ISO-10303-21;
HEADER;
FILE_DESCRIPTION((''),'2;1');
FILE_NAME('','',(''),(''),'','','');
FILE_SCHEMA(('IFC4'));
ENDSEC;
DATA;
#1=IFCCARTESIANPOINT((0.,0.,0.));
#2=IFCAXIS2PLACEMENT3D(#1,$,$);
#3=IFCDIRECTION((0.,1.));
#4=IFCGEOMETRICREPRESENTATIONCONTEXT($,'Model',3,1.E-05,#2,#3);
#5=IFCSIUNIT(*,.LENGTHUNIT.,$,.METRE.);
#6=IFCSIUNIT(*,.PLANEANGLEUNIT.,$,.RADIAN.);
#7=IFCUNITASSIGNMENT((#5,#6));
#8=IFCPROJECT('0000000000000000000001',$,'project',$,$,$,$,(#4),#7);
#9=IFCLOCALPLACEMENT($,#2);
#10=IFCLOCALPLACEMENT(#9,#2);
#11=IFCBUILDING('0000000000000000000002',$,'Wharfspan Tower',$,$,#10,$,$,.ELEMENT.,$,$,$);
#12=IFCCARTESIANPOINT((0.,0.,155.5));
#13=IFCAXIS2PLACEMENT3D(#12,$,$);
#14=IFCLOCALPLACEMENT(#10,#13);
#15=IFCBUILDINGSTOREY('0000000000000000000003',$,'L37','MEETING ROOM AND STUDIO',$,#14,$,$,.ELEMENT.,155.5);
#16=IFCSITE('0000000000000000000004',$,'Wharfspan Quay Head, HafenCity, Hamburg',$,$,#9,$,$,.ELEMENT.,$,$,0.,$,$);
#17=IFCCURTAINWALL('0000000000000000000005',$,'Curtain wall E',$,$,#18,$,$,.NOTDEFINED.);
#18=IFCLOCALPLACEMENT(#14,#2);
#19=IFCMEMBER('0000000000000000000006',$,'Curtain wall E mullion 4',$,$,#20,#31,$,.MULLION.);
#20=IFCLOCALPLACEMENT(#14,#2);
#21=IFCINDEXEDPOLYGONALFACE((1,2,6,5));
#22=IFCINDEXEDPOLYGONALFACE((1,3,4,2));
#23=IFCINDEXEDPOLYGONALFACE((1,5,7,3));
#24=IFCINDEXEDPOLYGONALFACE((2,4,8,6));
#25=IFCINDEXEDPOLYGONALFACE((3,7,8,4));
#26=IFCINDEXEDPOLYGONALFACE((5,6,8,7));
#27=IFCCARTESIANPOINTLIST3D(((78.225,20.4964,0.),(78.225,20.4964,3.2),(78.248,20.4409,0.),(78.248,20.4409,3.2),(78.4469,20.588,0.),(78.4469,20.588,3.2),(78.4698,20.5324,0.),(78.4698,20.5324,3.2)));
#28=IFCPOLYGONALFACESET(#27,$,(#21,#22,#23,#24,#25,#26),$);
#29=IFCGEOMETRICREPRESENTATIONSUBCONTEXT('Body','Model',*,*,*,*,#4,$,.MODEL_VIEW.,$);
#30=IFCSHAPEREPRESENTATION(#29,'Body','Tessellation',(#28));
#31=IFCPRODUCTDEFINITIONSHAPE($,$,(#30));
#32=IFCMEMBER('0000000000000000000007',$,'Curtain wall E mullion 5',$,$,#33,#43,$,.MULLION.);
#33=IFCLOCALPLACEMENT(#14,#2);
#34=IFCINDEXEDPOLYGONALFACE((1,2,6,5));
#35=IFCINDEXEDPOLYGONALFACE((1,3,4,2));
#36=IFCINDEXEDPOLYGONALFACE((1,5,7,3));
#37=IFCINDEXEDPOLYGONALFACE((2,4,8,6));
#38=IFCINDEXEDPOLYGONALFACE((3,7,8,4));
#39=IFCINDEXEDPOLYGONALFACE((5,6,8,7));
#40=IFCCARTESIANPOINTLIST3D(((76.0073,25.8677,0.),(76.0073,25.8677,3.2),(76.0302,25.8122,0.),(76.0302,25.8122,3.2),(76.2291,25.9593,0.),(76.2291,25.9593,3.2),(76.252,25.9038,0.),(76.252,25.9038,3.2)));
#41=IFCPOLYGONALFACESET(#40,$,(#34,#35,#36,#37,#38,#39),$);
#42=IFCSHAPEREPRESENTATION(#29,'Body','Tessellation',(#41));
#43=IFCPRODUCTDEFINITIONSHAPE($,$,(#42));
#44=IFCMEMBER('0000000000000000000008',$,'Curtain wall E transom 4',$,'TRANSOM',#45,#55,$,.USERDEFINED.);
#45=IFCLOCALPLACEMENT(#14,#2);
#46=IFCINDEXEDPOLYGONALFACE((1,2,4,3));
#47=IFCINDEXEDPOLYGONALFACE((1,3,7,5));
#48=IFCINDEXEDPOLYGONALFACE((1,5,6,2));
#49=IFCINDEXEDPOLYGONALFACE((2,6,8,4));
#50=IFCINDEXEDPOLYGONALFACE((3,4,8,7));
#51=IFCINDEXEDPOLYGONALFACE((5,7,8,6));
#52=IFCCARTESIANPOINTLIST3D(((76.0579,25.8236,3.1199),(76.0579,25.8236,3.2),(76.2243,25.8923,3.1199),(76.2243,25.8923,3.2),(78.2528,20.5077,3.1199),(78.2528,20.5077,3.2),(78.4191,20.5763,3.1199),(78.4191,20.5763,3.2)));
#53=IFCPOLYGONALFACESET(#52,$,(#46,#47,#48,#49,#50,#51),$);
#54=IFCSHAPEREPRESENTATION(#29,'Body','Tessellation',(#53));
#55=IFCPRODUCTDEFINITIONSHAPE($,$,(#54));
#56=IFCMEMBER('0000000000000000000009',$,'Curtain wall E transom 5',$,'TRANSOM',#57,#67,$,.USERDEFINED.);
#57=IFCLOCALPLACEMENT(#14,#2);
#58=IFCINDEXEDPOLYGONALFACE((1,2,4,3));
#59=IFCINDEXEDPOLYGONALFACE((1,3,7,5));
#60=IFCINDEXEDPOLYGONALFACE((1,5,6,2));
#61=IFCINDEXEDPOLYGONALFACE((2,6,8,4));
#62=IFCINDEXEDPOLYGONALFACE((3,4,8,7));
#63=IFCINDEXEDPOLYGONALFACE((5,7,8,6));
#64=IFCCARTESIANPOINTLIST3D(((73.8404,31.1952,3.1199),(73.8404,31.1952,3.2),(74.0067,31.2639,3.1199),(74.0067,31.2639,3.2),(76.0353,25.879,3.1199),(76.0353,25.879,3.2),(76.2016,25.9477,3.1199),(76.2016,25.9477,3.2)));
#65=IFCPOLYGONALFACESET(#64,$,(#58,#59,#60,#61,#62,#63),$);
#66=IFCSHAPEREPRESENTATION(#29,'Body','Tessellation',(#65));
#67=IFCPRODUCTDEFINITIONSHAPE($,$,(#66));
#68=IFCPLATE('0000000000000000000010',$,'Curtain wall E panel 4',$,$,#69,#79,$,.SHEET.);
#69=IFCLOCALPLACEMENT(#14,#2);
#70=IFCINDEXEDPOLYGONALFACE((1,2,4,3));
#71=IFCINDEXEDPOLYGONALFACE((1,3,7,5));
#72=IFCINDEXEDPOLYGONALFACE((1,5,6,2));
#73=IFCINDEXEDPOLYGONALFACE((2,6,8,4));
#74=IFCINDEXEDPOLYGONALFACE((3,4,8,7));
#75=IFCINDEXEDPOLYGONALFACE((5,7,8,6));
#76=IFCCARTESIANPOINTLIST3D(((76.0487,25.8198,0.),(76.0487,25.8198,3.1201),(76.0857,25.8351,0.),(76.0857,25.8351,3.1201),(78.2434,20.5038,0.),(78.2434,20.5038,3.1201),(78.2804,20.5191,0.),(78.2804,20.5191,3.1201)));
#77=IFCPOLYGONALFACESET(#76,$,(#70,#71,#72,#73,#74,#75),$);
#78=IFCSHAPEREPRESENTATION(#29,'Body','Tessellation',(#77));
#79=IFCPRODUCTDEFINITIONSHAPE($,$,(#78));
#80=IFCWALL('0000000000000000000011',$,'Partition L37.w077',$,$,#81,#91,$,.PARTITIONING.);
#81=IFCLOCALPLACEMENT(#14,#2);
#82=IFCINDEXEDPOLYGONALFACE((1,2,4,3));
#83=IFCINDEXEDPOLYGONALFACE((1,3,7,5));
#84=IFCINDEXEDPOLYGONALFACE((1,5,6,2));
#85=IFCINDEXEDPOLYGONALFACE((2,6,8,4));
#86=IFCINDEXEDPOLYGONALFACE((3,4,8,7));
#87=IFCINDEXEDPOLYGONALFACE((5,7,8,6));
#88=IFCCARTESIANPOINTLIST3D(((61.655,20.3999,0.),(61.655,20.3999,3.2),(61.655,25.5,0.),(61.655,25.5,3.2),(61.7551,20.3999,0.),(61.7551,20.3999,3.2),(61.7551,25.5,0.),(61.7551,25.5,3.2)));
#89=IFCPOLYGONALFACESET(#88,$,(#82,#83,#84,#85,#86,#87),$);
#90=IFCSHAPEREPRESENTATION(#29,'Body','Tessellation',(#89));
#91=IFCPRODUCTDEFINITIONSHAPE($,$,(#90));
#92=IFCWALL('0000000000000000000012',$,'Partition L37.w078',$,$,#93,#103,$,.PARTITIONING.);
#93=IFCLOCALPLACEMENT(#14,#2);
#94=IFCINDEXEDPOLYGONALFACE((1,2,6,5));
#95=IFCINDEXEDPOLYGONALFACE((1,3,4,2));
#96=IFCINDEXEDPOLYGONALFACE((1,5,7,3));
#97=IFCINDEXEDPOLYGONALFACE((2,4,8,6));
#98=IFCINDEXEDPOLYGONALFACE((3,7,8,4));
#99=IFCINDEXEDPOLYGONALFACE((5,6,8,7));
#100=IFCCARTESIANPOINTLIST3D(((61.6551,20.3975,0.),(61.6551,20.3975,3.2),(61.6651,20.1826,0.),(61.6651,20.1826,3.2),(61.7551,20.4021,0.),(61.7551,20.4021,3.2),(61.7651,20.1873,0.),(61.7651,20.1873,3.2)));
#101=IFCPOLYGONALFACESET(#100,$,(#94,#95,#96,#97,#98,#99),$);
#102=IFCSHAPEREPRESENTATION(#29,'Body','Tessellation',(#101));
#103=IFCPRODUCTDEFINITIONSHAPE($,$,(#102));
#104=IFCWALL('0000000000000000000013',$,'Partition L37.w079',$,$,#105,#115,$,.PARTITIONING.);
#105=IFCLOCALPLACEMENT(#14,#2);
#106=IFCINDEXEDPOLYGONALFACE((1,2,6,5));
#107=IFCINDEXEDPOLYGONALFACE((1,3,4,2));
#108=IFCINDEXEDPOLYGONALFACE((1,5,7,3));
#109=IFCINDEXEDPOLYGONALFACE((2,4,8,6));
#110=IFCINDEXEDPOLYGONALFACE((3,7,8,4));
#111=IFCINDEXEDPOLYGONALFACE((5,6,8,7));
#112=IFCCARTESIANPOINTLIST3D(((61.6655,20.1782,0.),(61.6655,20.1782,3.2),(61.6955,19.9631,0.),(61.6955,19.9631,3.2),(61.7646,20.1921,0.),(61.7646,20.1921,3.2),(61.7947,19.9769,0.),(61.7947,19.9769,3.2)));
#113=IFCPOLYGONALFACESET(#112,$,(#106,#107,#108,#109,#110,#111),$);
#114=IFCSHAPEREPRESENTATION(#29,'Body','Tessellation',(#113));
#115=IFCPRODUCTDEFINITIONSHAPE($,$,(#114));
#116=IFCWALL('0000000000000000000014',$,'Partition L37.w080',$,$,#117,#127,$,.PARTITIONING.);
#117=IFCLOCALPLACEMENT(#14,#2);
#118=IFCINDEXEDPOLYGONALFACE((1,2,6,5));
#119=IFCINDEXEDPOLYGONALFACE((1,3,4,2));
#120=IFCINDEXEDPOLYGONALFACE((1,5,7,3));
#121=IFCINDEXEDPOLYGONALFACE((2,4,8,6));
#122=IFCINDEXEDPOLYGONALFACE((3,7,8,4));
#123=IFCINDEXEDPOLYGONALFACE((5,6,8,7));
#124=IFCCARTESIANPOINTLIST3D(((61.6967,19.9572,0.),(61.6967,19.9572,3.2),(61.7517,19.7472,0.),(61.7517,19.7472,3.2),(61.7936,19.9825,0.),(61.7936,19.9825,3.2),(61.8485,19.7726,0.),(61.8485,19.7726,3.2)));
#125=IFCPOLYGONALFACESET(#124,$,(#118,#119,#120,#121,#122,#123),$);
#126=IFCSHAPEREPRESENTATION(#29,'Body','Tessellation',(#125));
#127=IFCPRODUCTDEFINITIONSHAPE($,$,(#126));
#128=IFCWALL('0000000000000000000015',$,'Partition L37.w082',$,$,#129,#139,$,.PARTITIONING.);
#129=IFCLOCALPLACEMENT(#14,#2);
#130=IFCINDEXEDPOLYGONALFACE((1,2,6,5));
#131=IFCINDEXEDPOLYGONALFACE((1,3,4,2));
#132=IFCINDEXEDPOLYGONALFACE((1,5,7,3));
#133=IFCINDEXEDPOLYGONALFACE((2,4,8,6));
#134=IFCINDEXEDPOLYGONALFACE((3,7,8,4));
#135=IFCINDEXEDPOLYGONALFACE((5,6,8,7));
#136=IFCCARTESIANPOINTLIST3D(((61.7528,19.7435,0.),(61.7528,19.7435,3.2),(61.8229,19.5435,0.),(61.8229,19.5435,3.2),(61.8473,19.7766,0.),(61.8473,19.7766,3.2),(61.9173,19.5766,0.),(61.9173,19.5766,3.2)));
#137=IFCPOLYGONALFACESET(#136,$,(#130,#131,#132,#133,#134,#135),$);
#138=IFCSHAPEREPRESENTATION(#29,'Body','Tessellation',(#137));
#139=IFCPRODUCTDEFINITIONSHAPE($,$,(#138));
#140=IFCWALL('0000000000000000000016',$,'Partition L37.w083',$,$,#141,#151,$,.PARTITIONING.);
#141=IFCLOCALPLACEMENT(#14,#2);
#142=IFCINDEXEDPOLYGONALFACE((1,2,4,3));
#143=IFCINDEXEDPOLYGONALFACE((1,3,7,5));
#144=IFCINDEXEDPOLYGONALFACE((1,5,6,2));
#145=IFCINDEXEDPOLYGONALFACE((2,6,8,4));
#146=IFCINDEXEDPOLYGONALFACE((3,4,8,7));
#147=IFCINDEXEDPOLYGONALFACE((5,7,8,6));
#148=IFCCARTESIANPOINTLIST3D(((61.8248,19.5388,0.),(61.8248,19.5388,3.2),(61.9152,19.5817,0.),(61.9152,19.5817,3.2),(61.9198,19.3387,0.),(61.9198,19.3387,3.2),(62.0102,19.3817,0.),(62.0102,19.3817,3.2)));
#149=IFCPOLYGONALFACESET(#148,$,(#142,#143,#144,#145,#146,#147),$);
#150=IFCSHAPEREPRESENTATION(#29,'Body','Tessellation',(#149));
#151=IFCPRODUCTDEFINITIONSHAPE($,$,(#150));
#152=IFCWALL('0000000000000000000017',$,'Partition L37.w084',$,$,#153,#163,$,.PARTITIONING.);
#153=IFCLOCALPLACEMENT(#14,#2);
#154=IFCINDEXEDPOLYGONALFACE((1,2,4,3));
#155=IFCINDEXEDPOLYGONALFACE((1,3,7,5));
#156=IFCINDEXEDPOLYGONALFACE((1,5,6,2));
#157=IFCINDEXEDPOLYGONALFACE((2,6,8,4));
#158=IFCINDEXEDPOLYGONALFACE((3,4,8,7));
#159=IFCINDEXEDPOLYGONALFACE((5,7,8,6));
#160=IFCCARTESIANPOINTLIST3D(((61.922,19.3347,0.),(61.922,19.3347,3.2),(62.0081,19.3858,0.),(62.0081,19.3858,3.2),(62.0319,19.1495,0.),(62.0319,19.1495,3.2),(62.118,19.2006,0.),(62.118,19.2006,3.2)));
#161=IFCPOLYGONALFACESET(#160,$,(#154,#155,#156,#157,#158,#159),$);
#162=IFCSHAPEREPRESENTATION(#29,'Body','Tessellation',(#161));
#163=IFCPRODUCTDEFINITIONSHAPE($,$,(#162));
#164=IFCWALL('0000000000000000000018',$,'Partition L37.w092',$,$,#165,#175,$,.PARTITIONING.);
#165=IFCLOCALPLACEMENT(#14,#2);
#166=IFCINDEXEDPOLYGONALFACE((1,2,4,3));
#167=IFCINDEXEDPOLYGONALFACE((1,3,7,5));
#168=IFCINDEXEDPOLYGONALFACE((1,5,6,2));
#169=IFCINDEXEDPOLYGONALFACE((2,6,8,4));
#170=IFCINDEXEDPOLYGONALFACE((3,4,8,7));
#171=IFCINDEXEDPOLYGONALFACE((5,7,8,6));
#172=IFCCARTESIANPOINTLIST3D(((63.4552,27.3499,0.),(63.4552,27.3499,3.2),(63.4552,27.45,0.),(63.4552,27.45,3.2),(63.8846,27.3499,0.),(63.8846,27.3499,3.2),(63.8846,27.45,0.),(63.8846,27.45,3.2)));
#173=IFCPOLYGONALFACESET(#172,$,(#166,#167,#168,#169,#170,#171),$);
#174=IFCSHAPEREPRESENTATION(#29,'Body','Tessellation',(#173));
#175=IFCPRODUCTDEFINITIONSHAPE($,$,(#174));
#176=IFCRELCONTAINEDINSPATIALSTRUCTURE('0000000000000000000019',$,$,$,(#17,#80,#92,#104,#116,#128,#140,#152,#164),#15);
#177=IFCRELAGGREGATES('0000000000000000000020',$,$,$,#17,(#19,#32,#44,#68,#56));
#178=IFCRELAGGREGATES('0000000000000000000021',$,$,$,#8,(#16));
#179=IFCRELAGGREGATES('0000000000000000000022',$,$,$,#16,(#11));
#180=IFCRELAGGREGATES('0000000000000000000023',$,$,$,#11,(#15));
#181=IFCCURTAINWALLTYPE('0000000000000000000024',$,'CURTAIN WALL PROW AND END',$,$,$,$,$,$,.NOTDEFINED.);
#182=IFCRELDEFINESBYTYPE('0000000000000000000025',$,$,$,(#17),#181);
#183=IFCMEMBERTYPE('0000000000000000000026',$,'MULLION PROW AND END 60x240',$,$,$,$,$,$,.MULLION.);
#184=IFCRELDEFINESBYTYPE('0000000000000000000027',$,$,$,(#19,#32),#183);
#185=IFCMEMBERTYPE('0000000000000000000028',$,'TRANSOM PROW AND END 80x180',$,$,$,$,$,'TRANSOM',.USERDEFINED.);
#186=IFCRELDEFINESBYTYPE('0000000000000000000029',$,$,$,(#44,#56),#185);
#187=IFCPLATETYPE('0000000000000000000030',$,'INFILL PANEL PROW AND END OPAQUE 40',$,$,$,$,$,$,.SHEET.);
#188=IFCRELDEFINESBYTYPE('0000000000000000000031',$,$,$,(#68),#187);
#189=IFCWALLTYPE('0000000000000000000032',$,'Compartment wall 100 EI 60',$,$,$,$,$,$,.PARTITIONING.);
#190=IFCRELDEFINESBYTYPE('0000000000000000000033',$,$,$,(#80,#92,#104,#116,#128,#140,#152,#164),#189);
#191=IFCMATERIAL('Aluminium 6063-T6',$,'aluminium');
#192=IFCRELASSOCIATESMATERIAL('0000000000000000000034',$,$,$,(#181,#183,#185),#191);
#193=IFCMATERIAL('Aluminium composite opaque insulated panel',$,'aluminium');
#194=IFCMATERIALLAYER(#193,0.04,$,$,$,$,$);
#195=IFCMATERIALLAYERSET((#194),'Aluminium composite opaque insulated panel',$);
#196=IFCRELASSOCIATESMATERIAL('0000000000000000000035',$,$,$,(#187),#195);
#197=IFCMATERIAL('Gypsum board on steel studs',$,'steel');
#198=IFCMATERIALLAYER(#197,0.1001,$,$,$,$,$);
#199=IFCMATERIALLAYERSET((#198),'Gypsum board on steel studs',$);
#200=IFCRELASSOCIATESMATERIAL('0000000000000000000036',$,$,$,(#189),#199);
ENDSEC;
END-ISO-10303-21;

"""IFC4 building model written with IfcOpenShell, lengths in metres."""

from ifc_helpers import new_model, si_unit, direction, frame, frame_2d, origin, origin_2d, place, context, subcontext, project, spatial, rectangle, extrude, material, layer, layer_set, material_profile, profile_set, type_object, element, aggregate, save


model = new_model("IFC4")

# Units and contexts
model_context = context("Model", 3, precision=1e-05, world=origin(), true_north=direction((0.0, 1.0)))
body_context = subcontext(model_context, "Body", "Model", "MODEL_VIEW")
ifc_project = project(units=[si_unit("LENGTHUNIT", "METRE"), si_unit("PLANEANGLEUNIT", "RADIAN")], contexts=[model_context])

# Site, building, storey
site_placement = place(None, origin())
site = spatial("IfcSite", under=ifc_project, at=site_placement, Name="Wharfspan Quay Head, HafenCity, Hamburg", CompositionType="ELEMENT", RefElevation=0.0)
building_placement = place(site_placement, origin())
building = spatial("IfcBuilding", under=site, at=building_placement, Name="Wharfspan Tower", CompositionType="ELEMENT")
storey_placement = place(building_placement, frame((0.0, 0.0, 155.5)))
storey = spatial("IfcBuildingStorey", under=building, at=storey_placement, Name="L37", Description="MEETING ROOM AND STUDIO", CompositionType="ELEMENT", Elevation=155.5)

# Curtain wall, members, plate
ifc_material_1 = material(Name="Aluminium 6063-T6", Category="aluminium")
curtain_wall_type = type_object("IfcCurtainWallType", Name="CURTAIN WALL PROW AND END", PredefinedType="NOTDEFINED", material=ifc_material_1)
curtain_wall_placement = place(storey_placement, origin())
curtain_wall = element("IfcCurtainWall", 1, at=curtain_wall_placement, inside=storey, type_object=curtain_wall_type, Name="Curtain wall E", PredefinedType="NOTDEFINED")
ifc_material_profile_1 = material_profile(ifc_material_1, rectangle(XDim=0.24, YDim=0.0601, at=origin_2d()))
ifc_profile_set_1 = profile_set([ifc_material_profile_1], Name="Aluminium 6063-T6")
member_type_1 = type_object("IfcMemberType", Name="MULLION PROW AND END 60x240", PredefinedType="MULLION", material=ifc_profile_set_1)
member_1_placement = place(storey_placement, frame((78.3474, 20.5144, 0.0), z_axis=(0.0, 0.0, 1.0), x_axis=(-0.924325, -0.381602, 0.0)))
member_1 = element("IfcMember", 2, at=member_1_placement, type_object=member_type_1, Name="Curtain wall E mullion 4", PredefinedType="MULLION", context=body_context, shape_type="SweptSolid", body=[
    extrude(rectangle(XDim=0.24, YDim=0.0601, at=origin_2d()), origin(), (0.0, 0.0, 1.0), 3.2),
])
member_2_placement = place(storey_placement, frame((76.1296, 25.8857, 0.0), z_axis=(0.0, 0.0, 1.0), x_axis=(-0.924325, -0.381602, 0.0)))
member_2 = element("IfcMember", 3, at=member_2_placement, type_object=member_type_1, Name="Curtain wall E mullion 5", PredefinedType="MULLION", context=body_context, shape_type="SweptSolid", body=[
    extrude(rectangle(XDim=0.24, YDim=0.0601, at=origin_2d()), origin(), (0.0, 0.0, 1.0), 3.2),
])
ifc_material_profile_2 = material_profile(ifc_material_1, rectangle(XDim=0.1799, YDim=0.0801, at=origin_2d()))
ifc_profile_set_2 = profile_set([ifc_material_profile_2], Name="Aluminium 6063-T6")
member_type_2 = type_object("IfcMemberType", Name="TRANSOM PROW AND END 80x180", ElementType="TRANSOM", PredefinedType="USERDEFINED", material=ifc_profile_set_2)
member_3_placement = place(storey_placement, frame((78.3359, 20.542, 3.1599), z_axis=(-0.381629, 0.924315, 0.0), x_axis=(-0.924315, -0.381629, 0.0)))
member_3 = element("IfcMember", 4, at=member_3_placement, type_object=member_type_2, Name="Curtain wall E transom 4", ObjectType="TRANSOM", PredefinedType="USERDEFINED", context=body_context, shape_type="SweptSolid", body=[
    extrude(rectangle(XDim=0.1799, YDim=0.0801, at=origin_2d()), origin(), (0.0, 0.0, 1.0), 5.7512),
])
member_4_placement = place(storey_placement, frame((76.1184, 25.9133, 3.1599), z_axis=(-0.381614, 0.924322, 0.0), x_axis=(-0.924322, -0.381614, 0.0)))
member_4 = element("IfcMember", 5, at=member_4_placement, type_object=member_type_2, Name="Curtain wall E transom 5", ObjectType="TRANSOM", PredefinedType="USERDEFINED", context=body_context, shape_type="SweptSolid", body=[
    extrude(rectangle(XDim=0.1799, YDim=0.0801, at=origin_2d()), origin(), (0.0, 0.0, 1.0), 5.7515),
])
ifc_material_2 = material(Name="Aluminium composite opaque insulated panel", Category="aluminium")
ifc_layer_1 = layer(ifc_material_2, 0.04)
ifc_layer_set_1 = layer_set([ifc_layer_1], Name="Aluminium composite opaque insulated panel")
plate_type = type_object("IfcPlateType", Name="INFILL PANEL PROW AND END OPAQUE 40", PredefinedType="SHEET", material=ifc_layer_set_1)
plate_placement = place(storey_placement, frame((77.1646, 23.1694, 0.0), z_axis=(0.0, 0.0, 1.0), x_axis=(-0.381602, 0.924325, 0.0)))
plate = element("IfcPlate", 6, at=plate_placement, type_object=plate_type, Name="Curtain wall E panel 4", PredefinedType="SHEET", context=body_context, shape_type="SweptSolid", body=[
    extrude(rectangle(XDim=5.7512, YDim=0.04, at=origin_2d()), origin(), (0.0, 0.0, 1.0), 3.1201),
])
aggregate(curtain_wall, [member_1, member_2, member_3, plate, member_4])

# Walls
ifc_material_3 = material(Name="Gypsum board on steel studs", Category="steel")
ifc_layer_2 = layer(ifc_material_3, 0.1001)
ifc_layer_set_2 = layer_set([ifc_layer_2], Name="Gypsum board on steel studs")
wall_type_1 = type_object("IfcWallType", Name="Compartment wall 100 EI 60", PredefinedType="PARTITIONING", material=ifc_layer_set_2)
wall_1_placement = place(storey_placement, frame((61.7051, 20.3999, 0.0), z_axis=(0.0, 0.0, 1.0), x_axis=(0.0, 1.0, 0.0)))
element("IfcWall", 7, at=wall_1_placement, inside=storey, type_object=wall_type_1, Name="Partition L37.w077", PredefinedType="PARTITIONING", context=body_context, shape_type="SweptSolid", body=[
    extrude(rectangle(XDim=5.1001, YDim=0.1001, at=frame_2d((2.55, 0.0))), origin(), (0.0, 0.0, 1.0), 3.2),
])
wall_2_placement = place(storey_placement, frame((61.7151, 20.1851, 0.0), z_axis=(0.0, 0.0, 1.0), x_axis=(-0.04654, 0.998912, 0.0)))
element("IfcWall", 8, at=wall_2_placement, inside=storey, type_object=wall_type_1, Name="Partition L37.w078", PredefinedType="PARTITIONING", context=body_context, shape_type="SweptSolid", body=[
    extrude(rectangle(XDim=0.2151, YDim=0.1001, at=frame_2d((0.1074, 0.0))), origin(), (0.0, 0.0, 1.0), 3.2),
])
wall_3_placement = place(storey_placement, frame((61.7451, 19.97, 0.0), z_axis=(0.0, 0.0, 1.0), x_axis=(-0.138273, 0.990394, 0.0)))
element("IfcWall", 9, at=wall_3_placement, inside=storey, type_object=wall_type_1, Name="Partition L37.w079", PredefinedType="PARTITIONING", context=body_context, shape_type="SweptSolid", body=[
    extrude(rectangle(XDim=0.2173, YDim=0.1001, at=frame_2d((0.1086, 0.0))), origin(), (0.0, 0.0, 1.0), 3.2),
])
wall_4_placement = place(storey_placement, frame((61.8, 19.76, 0.0), z_axis=(0.0, 0.0, 1.0), x_axis=(-0.253108, 0.967435, 0.0)))
element("IfcWall", 10, at=wall_4_placement, inside=storey, type_object=wall_type_1, Name="Partition L37.w080", PredefinedType="PARTITIONING", context=body_context, shape_type="SweptSolid", body=[
    extrude(rectangle(XDim=0.217, YDim=0.1001, at=frame_2d((0.1084, 0.0))), origin(), (0.0, 0.0, 1.0), 3.2),
])
wall_5_placement = place(storey_placement, frame((61.8701, 19.5601, 0.0), z_axis=(0.0, 0.0, 1.0), x_axis=(-0.330711, 0.943736, 0.0)))
element("IfcWall", 11, at=wall_5_placement, inside=storey, type_object=wall_type_1, Name="Partition L37.w082", PredefinedType="PARTITIONING", context=body_context, shape_type="SweptSolid", body=[
    extrude(rectangle(XDim=0.2119, YDim=0.1001, at=frame_2d((0.106, 0.0))), origin(), (0.0, 0.0, 1.0), 3.2),
])
wall_6_placement = place(storey_placement, frame((61.9651, 19.3601, 0.0), z_axis=(0.0, 0.0, 1.0), x_axis=(-0.429036, 0.903292, 0.0)))
element("IfcWall", 12, at=wall_6_placement, inside=storey, type_object=wall_type_1, Name="Partition L37.w083", PredefinedType="PARTITIONING", context=body_context, shape_type="SweptSolid", body=[
    extrude(rectangle(XDim=0.2214, YDim=0.1001, at=frame_2d((0.1108, 0.0))), origin(), (0.0, 0.0, 1.0), 3.2),
])
wall_7_placement = place(storey_placement, frame((62.075, 19.175, 0.0), z_axis=(0.0, 0.0, 1.0), x_axis=(-0.510487, 0.859887, 0.0)))
element("IfcWall", 13, at=wall_7_placement, inside=storey, type_object=wall_type_1, Name="Partition L37.w084", PredefinedType="PARTITIONING", context=body_context, shape_type="SweptSolid", body=[
    extrude(rectangle(XDim=0.2153, YDim=0.1001, at=frame_2d((0.1077, 0.0))), origin(), (0.0, 0.0, 1.0), 3.2),
])
wall_8_placement = place(storey_placement, frame((63.4551, 27.3999, 0.0), z_axis=(0.0, 0.0, 1.0), x_axis=(1.0, 0.0, 0.0)))
element("IfcWall", 14, at=wall_8_placement, inside=storey, type_object=wall_type_1, Name="Partition L37.w092", PredefinedType="PARTITIONING", context=body_context, shape_type="SweptSolid", body=[
    extrude(rectangle(XDim=0.4294, YDim=0.1001, at=frame_2d((0.2148, 0.0))), origin(), (0.0, 0.0, 1.0), 3.2),
])

save(model, "model.ifc")
